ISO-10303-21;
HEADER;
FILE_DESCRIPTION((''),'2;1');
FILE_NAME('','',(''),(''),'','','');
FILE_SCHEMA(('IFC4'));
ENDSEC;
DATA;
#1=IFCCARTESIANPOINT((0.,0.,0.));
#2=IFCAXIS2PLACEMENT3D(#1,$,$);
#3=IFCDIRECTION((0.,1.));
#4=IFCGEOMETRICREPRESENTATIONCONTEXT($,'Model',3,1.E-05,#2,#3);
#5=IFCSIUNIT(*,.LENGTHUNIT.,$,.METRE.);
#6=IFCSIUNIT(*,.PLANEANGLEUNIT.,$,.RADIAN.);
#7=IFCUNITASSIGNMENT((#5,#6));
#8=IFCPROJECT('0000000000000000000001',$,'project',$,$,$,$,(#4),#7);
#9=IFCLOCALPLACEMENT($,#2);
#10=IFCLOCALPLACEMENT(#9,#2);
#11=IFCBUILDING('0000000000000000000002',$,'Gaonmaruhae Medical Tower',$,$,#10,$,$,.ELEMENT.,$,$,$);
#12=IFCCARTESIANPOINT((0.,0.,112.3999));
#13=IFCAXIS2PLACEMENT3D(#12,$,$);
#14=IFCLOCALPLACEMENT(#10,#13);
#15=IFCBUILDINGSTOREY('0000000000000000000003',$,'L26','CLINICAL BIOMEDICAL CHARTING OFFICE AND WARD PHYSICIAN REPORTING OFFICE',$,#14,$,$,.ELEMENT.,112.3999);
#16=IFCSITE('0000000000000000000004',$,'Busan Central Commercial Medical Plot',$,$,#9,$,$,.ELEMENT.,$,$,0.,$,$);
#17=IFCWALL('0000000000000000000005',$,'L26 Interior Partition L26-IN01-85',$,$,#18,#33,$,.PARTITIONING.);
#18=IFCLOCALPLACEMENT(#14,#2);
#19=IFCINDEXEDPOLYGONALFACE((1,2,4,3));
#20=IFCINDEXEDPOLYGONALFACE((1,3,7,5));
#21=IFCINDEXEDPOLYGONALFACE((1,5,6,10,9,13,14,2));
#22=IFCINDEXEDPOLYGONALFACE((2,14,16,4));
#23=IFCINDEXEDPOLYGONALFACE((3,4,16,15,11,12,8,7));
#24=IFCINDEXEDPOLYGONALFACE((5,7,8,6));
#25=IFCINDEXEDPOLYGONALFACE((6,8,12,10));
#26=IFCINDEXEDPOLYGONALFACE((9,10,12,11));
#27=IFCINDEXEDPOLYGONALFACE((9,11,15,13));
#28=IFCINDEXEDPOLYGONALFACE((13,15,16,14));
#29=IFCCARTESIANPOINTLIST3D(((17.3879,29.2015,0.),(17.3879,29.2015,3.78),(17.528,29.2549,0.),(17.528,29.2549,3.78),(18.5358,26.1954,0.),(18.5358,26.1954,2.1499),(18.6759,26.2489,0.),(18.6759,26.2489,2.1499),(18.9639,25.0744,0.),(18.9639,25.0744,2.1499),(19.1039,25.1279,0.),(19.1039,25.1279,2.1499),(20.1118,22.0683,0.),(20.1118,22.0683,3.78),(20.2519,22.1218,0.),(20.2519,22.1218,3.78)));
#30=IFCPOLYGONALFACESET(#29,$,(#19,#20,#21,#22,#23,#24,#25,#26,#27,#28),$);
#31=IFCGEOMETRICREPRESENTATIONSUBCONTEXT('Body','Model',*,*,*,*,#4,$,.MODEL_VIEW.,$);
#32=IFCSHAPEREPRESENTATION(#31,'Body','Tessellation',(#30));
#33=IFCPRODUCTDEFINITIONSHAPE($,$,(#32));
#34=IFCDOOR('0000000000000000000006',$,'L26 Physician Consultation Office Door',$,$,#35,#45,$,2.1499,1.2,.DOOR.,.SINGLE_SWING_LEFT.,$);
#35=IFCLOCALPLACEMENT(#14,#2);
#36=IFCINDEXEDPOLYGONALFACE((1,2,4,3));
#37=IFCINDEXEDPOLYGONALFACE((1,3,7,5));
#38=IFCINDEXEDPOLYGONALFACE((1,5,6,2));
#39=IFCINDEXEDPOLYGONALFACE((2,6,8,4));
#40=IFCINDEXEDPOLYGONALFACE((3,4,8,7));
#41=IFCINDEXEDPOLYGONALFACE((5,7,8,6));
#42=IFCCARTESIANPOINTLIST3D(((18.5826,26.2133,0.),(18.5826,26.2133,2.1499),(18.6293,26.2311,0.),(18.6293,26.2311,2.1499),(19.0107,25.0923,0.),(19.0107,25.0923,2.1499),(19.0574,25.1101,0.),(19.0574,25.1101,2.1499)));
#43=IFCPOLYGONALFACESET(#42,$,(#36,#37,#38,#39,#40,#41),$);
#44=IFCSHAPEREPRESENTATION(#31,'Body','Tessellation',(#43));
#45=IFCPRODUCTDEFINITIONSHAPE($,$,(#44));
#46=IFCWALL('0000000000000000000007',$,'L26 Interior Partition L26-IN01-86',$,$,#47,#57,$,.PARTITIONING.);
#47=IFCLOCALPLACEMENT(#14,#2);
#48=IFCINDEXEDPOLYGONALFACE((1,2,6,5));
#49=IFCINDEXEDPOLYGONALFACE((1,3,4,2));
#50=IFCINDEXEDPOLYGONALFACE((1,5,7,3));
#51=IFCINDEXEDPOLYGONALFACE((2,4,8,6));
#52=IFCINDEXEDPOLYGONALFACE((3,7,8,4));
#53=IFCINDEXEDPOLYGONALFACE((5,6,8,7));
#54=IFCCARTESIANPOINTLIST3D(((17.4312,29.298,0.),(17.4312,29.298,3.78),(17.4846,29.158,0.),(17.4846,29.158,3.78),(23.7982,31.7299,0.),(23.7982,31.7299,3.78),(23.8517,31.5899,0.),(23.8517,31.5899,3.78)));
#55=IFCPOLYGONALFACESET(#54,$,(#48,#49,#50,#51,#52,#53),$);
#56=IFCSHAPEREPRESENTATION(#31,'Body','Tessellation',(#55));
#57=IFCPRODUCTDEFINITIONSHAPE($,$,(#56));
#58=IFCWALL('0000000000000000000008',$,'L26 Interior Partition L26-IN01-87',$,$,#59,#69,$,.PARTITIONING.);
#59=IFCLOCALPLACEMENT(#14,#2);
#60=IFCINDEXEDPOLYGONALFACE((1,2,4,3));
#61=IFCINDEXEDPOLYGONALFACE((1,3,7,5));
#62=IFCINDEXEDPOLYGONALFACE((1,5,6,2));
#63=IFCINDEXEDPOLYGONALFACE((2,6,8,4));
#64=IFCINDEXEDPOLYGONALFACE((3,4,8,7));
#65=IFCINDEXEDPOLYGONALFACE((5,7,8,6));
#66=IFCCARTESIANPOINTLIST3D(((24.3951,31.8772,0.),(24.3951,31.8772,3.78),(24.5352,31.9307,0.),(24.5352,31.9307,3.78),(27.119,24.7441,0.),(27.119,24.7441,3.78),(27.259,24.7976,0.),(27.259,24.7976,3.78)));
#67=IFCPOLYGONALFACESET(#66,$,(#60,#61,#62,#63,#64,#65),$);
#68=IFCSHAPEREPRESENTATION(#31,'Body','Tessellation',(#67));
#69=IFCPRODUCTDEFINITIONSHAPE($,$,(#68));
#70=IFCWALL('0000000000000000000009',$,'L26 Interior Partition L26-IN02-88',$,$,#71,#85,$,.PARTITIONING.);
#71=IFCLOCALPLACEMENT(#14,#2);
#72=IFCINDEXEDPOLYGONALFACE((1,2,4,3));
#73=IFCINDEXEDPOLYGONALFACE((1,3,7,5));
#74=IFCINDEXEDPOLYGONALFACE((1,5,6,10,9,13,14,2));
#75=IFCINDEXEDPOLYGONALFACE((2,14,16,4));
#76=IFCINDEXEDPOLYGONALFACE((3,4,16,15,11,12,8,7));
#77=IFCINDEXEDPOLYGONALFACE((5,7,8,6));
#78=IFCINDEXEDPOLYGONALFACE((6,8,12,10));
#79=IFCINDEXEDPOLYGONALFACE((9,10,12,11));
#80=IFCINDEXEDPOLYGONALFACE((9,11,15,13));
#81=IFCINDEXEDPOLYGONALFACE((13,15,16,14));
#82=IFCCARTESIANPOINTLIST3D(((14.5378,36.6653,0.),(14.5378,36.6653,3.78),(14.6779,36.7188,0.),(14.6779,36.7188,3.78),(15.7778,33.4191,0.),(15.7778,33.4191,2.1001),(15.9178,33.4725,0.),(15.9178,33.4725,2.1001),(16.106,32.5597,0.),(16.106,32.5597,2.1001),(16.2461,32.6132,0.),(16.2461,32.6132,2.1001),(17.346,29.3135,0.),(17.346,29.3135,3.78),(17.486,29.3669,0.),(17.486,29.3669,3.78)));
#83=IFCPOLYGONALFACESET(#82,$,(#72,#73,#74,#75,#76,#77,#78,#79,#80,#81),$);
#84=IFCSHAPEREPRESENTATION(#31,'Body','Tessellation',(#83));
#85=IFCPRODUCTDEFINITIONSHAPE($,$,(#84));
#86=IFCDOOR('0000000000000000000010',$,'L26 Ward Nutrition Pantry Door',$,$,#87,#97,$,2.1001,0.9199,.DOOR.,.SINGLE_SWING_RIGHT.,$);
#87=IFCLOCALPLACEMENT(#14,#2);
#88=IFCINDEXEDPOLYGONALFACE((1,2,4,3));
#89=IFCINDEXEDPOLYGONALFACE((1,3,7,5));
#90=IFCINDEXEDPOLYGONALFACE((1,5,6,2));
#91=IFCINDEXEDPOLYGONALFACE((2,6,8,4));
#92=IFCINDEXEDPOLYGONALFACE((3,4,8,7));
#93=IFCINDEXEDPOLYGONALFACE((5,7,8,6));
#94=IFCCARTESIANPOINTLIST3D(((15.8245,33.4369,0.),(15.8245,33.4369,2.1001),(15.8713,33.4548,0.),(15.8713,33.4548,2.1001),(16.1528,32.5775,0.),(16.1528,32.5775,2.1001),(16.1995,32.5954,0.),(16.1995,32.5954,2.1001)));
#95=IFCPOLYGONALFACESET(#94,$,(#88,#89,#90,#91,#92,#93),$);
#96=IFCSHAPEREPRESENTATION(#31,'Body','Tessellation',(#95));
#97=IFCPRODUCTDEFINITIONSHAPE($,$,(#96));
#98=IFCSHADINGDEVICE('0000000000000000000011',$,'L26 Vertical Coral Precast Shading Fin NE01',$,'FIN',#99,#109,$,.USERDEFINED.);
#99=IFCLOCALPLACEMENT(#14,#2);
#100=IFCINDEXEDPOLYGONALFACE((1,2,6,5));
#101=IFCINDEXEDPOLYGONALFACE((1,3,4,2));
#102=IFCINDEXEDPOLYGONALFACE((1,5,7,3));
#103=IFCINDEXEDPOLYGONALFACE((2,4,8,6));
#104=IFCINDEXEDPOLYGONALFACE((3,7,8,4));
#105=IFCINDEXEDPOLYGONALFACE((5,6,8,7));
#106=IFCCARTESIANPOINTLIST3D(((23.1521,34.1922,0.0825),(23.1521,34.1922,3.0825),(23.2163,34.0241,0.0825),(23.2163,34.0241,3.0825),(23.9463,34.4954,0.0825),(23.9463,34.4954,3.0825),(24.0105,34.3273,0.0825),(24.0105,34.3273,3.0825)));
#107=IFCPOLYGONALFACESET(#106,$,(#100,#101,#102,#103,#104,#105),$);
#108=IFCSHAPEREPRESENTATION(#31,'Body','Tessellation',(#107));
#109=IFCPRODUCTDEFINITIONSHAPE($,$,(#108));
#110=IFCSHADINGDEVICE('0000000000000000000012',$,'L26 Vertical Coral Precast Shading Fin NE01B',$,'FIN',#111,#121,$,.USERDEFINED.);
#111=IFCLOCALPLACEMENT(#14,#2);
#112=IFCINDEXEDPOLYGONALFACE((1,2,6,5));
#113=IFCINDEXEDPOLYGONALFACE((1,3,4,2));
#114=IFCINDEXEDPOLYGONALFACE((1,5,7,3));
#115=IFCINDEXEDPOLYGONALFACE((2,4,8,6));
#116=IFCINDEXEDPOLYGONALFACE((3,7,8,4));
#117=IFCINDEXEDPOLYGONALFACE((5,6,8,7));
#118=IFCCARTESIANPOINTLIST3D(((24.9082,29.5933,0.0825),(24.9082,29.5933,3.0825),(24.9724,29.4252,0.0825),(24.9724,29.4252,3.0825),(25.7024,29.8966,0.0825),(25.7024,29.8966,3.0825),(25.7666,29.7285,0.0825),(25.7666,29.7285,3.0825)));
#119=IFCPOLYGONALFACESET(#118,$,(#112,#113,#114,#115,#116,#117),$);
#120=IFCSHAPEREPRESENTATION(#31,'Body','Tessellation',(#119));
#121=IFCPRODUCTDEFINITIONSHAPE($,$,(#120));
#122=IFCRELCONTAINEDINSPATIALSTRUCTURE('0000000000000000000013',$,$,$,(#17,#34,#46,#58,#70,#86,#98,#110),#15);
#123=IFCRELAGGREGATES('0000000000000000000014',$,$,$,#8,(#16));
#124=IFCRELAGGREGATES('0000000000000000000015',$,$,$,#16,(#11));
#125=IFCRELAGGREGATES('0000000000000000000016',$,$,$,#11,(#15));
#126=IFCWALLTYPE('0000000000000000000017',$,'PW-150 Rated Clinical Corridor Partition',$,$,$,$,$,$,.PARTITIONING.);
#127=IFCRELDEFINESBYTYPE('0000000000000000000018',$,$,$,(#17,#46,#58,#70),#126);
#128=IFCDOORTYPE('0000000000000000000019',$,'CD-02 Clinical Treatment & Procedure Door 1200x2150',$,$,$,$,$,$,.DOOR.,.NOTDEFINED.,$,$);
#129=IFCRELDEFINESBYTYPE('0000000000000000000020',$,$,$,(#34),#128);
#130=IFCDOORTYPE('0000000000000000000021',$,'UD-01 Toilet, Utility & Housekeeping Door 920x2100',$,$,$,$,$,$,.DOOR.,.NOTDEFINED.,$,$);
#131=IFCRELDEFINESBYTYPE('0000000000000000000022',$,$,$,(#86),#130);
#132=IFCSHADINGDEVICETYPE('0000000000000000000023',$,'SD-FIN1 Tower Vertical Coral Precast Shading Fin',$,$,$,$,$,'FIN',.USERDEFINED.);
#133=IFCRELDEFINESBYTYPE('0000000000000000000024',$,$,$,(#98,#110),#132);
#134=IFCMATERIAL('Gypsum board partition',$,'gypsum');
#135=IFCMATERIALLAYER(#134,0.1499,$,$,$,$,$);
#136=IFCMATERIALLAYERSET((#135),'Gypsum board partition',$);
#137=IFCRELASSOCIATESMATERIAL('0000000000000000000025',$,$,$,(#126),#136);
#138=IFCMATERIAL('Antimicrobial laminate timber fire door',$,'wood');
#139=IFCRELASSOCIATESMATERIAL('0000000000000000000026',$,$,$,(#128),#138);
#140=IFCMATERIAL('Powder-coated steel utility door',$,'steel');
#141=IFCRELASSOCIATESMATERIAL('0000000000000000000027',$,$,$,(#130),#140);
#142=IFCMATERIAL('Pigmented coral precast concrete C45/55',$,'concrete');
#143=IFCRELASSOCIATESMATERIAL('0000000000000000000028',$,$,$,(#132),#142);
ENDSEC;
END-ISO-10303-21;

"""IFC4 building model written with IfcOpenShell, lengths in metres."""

from ifc_helpers import new_model, si_unit, direction, frame, frame_2d, origin, origin_2d, place, context, subcontext, project, spatial, rectangle, extrude, material, layer, layer_set, type_object, element, fill, save


model = new_model("IFC4")

# Units and contexts
model_context = context("Model", 3, precision=1e-05, world=origin(), true_north=direction((0.0, 1.0)))
body_context = subcontext(model_context, "Body", "Model", "MODEL_VIEW")
ifc_project = project(units=[si_unit("LENGTHUNIT", "METRE"), si_unit("PLANEANGLEUNIT", "RADIAN")], contexts=[model_context])

# Site, building, storey
site_placement = place(None, origin())
site = spatial("IfcSite", under=ifc_project, at=site_placement, Name="Busan Central Commercial Medical Plot", CompositionType="ELEMENT", RefElevation=0.0)
building_placement = place(site_placement, origin())
building = spatial("IfcBuilding", under=site, at=building_placement, Name="Gaonmaruhae Medical Tower", CompositionType="ELEMENT")
storey_placement = place(building_placement, frame((0.0, 0.0, 112.3999)))
storey = spatial("IfcBuildingStorey", under=building, at=storey_placement, Name="L26", Description="CLINICAL BIOMEDICAL CHARTING OFFICE AND WARD PHYSICIAN REPORTING OFFICE", CompositionType="ELEMENT", Elevation=112.3999)

# Shared definitions
ifc_material_1 = material(Name="Gypsum board partition", Category="gypsum")
ifc_layer_1 = layer(ifc_material_1, 0.1499)
ifc_layer_set_1 = layer_set([ifc_layer_1], Name="Gypsum board partition")
wall_type_1 = type_object("IfcWallType", Name="PW-150 Rated Clinical Corridor Partition", PredefinedType="PARTITIONING", material=ifc_layer_set_1)

# Shared definitions
ifc_material_2 = material(Name="Antimicrobial laminate timber fire door", Category="wood")
door_type_1 = type_object("IfcDoorType", Name="CD-02 Clinical Treatment & Procedure Door 1200x2150", OperationType="NOTDEFINED", PredefinedType="DOOR", material=ifc_material_2)

# Wall, opening, door
wall_1_placement = place(storey_placement, frame((20.1819, 22.095, 0.0), z_axis=(0.0, 0.0, 1.0), x_axis=(-0.356741, 0.934203, 0.0)))
wall_1 = element("IfcWall", 1, at=wall_1_placement, inside=storey, type_object=wall_type_1, Name="L26 Interior Partition L26-IN01-85", PredefinedType="PARTITIONING", context=body_context, shape_type="SweptSolid", body=[
    extrude(rectangle(XDim=7.6355, YDim=0.1499, at=frame_2d((3.8179, 0.0))), origin(), (0.0, 0.0, 1.0), 3.78),
])
opening_1_placement = place(wall_1_placement, frame((3.2178, 0.0, 0.0)))
opening_1 = element("IfcOpeningElement", 2, at=opening_1_placement, cuts=wall_1, PredefinedType="OPENING", context=body_context, shape_type="SweptSolid", body=[
    extrude(rectangle(XDim=1.2, YDim=2.1499, at=frame_2d((0.6001, 1.075))), frame((0.0, 0.085, 0.0), z_axis=(0.0, -1.0, 0.0), x_axis=(1.0, 0.0, 0.0)), (0.0, 0.0, 1.0), 0.1699),
])
door_1_placement = place(opening_1_placement, origin())
door_1 = element("IfcDoor", 3, at=door_1_placement, inside=storey, type_object=door_type_1, Name="L26 Physician Consultation Office Door", OperationType="SINGLE_SWING_LEFT", OverallHeight=2.1499, OverallWidth=1.2, PredefinedType="DOOR", context=body_context, shape_type="SweptSolid", body=[
    extrude(rectangle(XDim=1.2, YDim=2.1499, at=frame_2d((0.6001, 1.075))), frame((0.0, 0.0249, 0.0), z_axis=(0.0, -1.0, 0.0), x_axis=(1.0, 0.0, 0.0)), (0.0, 0.0, 1.0), 0.05),
])
fill(opening_1, door_1)

# Walls
wall_2_placement = place(storey_placement, frame((17.458, 29.228, 0.0), z_axis=(0.0, 0.0, 1.0), x_axis=(0.934176, 0.356813, 0.0)))
element("IfcWall", 4, at=wall_2_placement, inside=storey, type_object=wall_type_1, Name="L26 Interior Partition L26-IN01-86", PredefinedType="PARTITIONING", context=body_context, shape_type="SweptSolid", body=[
    extrude(rectangle(XDim=6.8157, YDim=0.1499, at=frame_2d((3.4077, 0.0))), origin(), (0.0, 0.0, 1.0), 3.78),
])
wall_3_placement = place(storey_placement, frame((24.4651, 31.9041, 0.0), z_axis=(0.0, 0.0, 1.0), x_axis=(0.356741, -0.934203, 0.0)))
element("IfcWall", 5, at=wall_3_placement, inside=storey, type_object=wall_type_1, Name="L26 Interior Partition L26-IN01-87", PredefinedType="PARTITIONING", context=body_context, shape_type="SweptSolid", body=[
    extrude(rectangle(XDim=7.6355, YDim=0.1499, at=frame_2d((3.8179, 0.0))), origin(), (0.0, 0.0, 1.0), 3.78),
])

# Wall, opening, door
wall_4_placement = place(storey_placement, frame((17.416, 29.3401, 0.0), z_axis=(0.0, 0.0, 1.0), x_axis=(-0.356818, 0.934174, 0.0)))
wall_4 = element("IfcWall", 6, at=wall_4_placement, inside=storey, type_object=wall_type_1, Name="L26 Interior Partition L26-IN02-88", PredefinedType="PARTITIONING", context=body_context, shape_type="SweptSolid", body=[
    extrude(rectangle(XDim=7.8699, YDim=0.1499, at=frame_2d((3.9351, 0.0))), origin(), (0.0, 0.0, 1.0), 3.78),
])
opening_2_placement = place(wall_4_placement, frame((3.4751, 0.0, 0.0)))
opening_2 = element("IfcOpeningElement", 7, at=opening_2_placement, cuts=wall_4, PredefinedType="OPENING", context=body_context, shape_type="SweptSolid", body=[
    extrude(rectangle(XDim=0.9199, YDim=2.1001, at=frame_2d((0.46, 1.05))), frame((0.0, 0.085, 0.0), z_axis=(0.0, -1.0, 0.0), x_axis=(1.0, 0.0, 0.0)), (0.0, 0.0, 1.0), 0.1699),
])
ifc_material_3 = material(Name="Powder-coated steel utility door", Category="steel")
door_type_2 = type_object("IfcDoorType", Name="UD-01 Toilet, Utility & Housekeeping Door 920x2100", OperationType="NOTDEFINED", PredefinedType="DOOR", material=ifc_material_3)
door_2_placement = place(opening_2_placement, origin())
door_2 = element("IfcDoor", 8, at=door_2_placement, inside=storey, type_object=door_type_2, Name="L26 Ward Nutrition Pantry Door", OperationType="SINGLE_SWING_RIGHT", OverallHeight=2.1001, OverallWidth=0.9199, PredefinedType="DOOR", context=body_context, shape_type="SweptSolid", body=[
    extrude(rectangle(XDim=0.9199, YDim=2.1001, at=frame_2d((0.46, 1.05))), frame((0.0, 0.0249, 0.0), z_axis=(0.0, -1.0, 0.0), x_axis=(1.0, 0.0, 0.0)), (0.0, 0.0, 1.0), 0.05),
])
fill(opening_2, door_2)

# Shading devices
ifc_material_4 = material(Name="Pigmented coral precast concrete C45/55", Category="concrete")
shading_device_type = type_object("IfcShadingDeviceType", Name="SD-FIN1 Tower Vertical Coral Precast Shading Fin", ElementType="FIN", PredefinedType="USERDEFINED", material=ifc_material_4)
for number, where, z_axis, x_axis, name in (
    (9, (23.5813, 34.2598, 0.0825), (0.0, 0.0, 1.0), (0.356722, -0.934211, 0.0), "L26 Vertical Coral Precast Shading Fin NE01"),
    (10, (25.3374, 29.6609, 0.0825), (0.0, 0.0, 1.0), (0.356722, -0.934211, 0.0), "L26 Vertical Coral Precast Shading Fin NE01B"),
):
    element("IfcShadingDevice", number, at=place(storey_placement, frame(where, z_axis=z_axis, x_axis=x_axis)), inside=storey, type_object=shading_device_type, Name=name, ObjectType="FIN", PredefinedType="USERDEFINED", context=body_context, shape_type="SweptSolid", body=[
        extrude(rectangle(XDim=0.1799, YDim=0.8501, at=origin_2d()), origin(), (0.0, 0.0, 1.0), 3.0),
    ])

save(model, "model.ifc")
